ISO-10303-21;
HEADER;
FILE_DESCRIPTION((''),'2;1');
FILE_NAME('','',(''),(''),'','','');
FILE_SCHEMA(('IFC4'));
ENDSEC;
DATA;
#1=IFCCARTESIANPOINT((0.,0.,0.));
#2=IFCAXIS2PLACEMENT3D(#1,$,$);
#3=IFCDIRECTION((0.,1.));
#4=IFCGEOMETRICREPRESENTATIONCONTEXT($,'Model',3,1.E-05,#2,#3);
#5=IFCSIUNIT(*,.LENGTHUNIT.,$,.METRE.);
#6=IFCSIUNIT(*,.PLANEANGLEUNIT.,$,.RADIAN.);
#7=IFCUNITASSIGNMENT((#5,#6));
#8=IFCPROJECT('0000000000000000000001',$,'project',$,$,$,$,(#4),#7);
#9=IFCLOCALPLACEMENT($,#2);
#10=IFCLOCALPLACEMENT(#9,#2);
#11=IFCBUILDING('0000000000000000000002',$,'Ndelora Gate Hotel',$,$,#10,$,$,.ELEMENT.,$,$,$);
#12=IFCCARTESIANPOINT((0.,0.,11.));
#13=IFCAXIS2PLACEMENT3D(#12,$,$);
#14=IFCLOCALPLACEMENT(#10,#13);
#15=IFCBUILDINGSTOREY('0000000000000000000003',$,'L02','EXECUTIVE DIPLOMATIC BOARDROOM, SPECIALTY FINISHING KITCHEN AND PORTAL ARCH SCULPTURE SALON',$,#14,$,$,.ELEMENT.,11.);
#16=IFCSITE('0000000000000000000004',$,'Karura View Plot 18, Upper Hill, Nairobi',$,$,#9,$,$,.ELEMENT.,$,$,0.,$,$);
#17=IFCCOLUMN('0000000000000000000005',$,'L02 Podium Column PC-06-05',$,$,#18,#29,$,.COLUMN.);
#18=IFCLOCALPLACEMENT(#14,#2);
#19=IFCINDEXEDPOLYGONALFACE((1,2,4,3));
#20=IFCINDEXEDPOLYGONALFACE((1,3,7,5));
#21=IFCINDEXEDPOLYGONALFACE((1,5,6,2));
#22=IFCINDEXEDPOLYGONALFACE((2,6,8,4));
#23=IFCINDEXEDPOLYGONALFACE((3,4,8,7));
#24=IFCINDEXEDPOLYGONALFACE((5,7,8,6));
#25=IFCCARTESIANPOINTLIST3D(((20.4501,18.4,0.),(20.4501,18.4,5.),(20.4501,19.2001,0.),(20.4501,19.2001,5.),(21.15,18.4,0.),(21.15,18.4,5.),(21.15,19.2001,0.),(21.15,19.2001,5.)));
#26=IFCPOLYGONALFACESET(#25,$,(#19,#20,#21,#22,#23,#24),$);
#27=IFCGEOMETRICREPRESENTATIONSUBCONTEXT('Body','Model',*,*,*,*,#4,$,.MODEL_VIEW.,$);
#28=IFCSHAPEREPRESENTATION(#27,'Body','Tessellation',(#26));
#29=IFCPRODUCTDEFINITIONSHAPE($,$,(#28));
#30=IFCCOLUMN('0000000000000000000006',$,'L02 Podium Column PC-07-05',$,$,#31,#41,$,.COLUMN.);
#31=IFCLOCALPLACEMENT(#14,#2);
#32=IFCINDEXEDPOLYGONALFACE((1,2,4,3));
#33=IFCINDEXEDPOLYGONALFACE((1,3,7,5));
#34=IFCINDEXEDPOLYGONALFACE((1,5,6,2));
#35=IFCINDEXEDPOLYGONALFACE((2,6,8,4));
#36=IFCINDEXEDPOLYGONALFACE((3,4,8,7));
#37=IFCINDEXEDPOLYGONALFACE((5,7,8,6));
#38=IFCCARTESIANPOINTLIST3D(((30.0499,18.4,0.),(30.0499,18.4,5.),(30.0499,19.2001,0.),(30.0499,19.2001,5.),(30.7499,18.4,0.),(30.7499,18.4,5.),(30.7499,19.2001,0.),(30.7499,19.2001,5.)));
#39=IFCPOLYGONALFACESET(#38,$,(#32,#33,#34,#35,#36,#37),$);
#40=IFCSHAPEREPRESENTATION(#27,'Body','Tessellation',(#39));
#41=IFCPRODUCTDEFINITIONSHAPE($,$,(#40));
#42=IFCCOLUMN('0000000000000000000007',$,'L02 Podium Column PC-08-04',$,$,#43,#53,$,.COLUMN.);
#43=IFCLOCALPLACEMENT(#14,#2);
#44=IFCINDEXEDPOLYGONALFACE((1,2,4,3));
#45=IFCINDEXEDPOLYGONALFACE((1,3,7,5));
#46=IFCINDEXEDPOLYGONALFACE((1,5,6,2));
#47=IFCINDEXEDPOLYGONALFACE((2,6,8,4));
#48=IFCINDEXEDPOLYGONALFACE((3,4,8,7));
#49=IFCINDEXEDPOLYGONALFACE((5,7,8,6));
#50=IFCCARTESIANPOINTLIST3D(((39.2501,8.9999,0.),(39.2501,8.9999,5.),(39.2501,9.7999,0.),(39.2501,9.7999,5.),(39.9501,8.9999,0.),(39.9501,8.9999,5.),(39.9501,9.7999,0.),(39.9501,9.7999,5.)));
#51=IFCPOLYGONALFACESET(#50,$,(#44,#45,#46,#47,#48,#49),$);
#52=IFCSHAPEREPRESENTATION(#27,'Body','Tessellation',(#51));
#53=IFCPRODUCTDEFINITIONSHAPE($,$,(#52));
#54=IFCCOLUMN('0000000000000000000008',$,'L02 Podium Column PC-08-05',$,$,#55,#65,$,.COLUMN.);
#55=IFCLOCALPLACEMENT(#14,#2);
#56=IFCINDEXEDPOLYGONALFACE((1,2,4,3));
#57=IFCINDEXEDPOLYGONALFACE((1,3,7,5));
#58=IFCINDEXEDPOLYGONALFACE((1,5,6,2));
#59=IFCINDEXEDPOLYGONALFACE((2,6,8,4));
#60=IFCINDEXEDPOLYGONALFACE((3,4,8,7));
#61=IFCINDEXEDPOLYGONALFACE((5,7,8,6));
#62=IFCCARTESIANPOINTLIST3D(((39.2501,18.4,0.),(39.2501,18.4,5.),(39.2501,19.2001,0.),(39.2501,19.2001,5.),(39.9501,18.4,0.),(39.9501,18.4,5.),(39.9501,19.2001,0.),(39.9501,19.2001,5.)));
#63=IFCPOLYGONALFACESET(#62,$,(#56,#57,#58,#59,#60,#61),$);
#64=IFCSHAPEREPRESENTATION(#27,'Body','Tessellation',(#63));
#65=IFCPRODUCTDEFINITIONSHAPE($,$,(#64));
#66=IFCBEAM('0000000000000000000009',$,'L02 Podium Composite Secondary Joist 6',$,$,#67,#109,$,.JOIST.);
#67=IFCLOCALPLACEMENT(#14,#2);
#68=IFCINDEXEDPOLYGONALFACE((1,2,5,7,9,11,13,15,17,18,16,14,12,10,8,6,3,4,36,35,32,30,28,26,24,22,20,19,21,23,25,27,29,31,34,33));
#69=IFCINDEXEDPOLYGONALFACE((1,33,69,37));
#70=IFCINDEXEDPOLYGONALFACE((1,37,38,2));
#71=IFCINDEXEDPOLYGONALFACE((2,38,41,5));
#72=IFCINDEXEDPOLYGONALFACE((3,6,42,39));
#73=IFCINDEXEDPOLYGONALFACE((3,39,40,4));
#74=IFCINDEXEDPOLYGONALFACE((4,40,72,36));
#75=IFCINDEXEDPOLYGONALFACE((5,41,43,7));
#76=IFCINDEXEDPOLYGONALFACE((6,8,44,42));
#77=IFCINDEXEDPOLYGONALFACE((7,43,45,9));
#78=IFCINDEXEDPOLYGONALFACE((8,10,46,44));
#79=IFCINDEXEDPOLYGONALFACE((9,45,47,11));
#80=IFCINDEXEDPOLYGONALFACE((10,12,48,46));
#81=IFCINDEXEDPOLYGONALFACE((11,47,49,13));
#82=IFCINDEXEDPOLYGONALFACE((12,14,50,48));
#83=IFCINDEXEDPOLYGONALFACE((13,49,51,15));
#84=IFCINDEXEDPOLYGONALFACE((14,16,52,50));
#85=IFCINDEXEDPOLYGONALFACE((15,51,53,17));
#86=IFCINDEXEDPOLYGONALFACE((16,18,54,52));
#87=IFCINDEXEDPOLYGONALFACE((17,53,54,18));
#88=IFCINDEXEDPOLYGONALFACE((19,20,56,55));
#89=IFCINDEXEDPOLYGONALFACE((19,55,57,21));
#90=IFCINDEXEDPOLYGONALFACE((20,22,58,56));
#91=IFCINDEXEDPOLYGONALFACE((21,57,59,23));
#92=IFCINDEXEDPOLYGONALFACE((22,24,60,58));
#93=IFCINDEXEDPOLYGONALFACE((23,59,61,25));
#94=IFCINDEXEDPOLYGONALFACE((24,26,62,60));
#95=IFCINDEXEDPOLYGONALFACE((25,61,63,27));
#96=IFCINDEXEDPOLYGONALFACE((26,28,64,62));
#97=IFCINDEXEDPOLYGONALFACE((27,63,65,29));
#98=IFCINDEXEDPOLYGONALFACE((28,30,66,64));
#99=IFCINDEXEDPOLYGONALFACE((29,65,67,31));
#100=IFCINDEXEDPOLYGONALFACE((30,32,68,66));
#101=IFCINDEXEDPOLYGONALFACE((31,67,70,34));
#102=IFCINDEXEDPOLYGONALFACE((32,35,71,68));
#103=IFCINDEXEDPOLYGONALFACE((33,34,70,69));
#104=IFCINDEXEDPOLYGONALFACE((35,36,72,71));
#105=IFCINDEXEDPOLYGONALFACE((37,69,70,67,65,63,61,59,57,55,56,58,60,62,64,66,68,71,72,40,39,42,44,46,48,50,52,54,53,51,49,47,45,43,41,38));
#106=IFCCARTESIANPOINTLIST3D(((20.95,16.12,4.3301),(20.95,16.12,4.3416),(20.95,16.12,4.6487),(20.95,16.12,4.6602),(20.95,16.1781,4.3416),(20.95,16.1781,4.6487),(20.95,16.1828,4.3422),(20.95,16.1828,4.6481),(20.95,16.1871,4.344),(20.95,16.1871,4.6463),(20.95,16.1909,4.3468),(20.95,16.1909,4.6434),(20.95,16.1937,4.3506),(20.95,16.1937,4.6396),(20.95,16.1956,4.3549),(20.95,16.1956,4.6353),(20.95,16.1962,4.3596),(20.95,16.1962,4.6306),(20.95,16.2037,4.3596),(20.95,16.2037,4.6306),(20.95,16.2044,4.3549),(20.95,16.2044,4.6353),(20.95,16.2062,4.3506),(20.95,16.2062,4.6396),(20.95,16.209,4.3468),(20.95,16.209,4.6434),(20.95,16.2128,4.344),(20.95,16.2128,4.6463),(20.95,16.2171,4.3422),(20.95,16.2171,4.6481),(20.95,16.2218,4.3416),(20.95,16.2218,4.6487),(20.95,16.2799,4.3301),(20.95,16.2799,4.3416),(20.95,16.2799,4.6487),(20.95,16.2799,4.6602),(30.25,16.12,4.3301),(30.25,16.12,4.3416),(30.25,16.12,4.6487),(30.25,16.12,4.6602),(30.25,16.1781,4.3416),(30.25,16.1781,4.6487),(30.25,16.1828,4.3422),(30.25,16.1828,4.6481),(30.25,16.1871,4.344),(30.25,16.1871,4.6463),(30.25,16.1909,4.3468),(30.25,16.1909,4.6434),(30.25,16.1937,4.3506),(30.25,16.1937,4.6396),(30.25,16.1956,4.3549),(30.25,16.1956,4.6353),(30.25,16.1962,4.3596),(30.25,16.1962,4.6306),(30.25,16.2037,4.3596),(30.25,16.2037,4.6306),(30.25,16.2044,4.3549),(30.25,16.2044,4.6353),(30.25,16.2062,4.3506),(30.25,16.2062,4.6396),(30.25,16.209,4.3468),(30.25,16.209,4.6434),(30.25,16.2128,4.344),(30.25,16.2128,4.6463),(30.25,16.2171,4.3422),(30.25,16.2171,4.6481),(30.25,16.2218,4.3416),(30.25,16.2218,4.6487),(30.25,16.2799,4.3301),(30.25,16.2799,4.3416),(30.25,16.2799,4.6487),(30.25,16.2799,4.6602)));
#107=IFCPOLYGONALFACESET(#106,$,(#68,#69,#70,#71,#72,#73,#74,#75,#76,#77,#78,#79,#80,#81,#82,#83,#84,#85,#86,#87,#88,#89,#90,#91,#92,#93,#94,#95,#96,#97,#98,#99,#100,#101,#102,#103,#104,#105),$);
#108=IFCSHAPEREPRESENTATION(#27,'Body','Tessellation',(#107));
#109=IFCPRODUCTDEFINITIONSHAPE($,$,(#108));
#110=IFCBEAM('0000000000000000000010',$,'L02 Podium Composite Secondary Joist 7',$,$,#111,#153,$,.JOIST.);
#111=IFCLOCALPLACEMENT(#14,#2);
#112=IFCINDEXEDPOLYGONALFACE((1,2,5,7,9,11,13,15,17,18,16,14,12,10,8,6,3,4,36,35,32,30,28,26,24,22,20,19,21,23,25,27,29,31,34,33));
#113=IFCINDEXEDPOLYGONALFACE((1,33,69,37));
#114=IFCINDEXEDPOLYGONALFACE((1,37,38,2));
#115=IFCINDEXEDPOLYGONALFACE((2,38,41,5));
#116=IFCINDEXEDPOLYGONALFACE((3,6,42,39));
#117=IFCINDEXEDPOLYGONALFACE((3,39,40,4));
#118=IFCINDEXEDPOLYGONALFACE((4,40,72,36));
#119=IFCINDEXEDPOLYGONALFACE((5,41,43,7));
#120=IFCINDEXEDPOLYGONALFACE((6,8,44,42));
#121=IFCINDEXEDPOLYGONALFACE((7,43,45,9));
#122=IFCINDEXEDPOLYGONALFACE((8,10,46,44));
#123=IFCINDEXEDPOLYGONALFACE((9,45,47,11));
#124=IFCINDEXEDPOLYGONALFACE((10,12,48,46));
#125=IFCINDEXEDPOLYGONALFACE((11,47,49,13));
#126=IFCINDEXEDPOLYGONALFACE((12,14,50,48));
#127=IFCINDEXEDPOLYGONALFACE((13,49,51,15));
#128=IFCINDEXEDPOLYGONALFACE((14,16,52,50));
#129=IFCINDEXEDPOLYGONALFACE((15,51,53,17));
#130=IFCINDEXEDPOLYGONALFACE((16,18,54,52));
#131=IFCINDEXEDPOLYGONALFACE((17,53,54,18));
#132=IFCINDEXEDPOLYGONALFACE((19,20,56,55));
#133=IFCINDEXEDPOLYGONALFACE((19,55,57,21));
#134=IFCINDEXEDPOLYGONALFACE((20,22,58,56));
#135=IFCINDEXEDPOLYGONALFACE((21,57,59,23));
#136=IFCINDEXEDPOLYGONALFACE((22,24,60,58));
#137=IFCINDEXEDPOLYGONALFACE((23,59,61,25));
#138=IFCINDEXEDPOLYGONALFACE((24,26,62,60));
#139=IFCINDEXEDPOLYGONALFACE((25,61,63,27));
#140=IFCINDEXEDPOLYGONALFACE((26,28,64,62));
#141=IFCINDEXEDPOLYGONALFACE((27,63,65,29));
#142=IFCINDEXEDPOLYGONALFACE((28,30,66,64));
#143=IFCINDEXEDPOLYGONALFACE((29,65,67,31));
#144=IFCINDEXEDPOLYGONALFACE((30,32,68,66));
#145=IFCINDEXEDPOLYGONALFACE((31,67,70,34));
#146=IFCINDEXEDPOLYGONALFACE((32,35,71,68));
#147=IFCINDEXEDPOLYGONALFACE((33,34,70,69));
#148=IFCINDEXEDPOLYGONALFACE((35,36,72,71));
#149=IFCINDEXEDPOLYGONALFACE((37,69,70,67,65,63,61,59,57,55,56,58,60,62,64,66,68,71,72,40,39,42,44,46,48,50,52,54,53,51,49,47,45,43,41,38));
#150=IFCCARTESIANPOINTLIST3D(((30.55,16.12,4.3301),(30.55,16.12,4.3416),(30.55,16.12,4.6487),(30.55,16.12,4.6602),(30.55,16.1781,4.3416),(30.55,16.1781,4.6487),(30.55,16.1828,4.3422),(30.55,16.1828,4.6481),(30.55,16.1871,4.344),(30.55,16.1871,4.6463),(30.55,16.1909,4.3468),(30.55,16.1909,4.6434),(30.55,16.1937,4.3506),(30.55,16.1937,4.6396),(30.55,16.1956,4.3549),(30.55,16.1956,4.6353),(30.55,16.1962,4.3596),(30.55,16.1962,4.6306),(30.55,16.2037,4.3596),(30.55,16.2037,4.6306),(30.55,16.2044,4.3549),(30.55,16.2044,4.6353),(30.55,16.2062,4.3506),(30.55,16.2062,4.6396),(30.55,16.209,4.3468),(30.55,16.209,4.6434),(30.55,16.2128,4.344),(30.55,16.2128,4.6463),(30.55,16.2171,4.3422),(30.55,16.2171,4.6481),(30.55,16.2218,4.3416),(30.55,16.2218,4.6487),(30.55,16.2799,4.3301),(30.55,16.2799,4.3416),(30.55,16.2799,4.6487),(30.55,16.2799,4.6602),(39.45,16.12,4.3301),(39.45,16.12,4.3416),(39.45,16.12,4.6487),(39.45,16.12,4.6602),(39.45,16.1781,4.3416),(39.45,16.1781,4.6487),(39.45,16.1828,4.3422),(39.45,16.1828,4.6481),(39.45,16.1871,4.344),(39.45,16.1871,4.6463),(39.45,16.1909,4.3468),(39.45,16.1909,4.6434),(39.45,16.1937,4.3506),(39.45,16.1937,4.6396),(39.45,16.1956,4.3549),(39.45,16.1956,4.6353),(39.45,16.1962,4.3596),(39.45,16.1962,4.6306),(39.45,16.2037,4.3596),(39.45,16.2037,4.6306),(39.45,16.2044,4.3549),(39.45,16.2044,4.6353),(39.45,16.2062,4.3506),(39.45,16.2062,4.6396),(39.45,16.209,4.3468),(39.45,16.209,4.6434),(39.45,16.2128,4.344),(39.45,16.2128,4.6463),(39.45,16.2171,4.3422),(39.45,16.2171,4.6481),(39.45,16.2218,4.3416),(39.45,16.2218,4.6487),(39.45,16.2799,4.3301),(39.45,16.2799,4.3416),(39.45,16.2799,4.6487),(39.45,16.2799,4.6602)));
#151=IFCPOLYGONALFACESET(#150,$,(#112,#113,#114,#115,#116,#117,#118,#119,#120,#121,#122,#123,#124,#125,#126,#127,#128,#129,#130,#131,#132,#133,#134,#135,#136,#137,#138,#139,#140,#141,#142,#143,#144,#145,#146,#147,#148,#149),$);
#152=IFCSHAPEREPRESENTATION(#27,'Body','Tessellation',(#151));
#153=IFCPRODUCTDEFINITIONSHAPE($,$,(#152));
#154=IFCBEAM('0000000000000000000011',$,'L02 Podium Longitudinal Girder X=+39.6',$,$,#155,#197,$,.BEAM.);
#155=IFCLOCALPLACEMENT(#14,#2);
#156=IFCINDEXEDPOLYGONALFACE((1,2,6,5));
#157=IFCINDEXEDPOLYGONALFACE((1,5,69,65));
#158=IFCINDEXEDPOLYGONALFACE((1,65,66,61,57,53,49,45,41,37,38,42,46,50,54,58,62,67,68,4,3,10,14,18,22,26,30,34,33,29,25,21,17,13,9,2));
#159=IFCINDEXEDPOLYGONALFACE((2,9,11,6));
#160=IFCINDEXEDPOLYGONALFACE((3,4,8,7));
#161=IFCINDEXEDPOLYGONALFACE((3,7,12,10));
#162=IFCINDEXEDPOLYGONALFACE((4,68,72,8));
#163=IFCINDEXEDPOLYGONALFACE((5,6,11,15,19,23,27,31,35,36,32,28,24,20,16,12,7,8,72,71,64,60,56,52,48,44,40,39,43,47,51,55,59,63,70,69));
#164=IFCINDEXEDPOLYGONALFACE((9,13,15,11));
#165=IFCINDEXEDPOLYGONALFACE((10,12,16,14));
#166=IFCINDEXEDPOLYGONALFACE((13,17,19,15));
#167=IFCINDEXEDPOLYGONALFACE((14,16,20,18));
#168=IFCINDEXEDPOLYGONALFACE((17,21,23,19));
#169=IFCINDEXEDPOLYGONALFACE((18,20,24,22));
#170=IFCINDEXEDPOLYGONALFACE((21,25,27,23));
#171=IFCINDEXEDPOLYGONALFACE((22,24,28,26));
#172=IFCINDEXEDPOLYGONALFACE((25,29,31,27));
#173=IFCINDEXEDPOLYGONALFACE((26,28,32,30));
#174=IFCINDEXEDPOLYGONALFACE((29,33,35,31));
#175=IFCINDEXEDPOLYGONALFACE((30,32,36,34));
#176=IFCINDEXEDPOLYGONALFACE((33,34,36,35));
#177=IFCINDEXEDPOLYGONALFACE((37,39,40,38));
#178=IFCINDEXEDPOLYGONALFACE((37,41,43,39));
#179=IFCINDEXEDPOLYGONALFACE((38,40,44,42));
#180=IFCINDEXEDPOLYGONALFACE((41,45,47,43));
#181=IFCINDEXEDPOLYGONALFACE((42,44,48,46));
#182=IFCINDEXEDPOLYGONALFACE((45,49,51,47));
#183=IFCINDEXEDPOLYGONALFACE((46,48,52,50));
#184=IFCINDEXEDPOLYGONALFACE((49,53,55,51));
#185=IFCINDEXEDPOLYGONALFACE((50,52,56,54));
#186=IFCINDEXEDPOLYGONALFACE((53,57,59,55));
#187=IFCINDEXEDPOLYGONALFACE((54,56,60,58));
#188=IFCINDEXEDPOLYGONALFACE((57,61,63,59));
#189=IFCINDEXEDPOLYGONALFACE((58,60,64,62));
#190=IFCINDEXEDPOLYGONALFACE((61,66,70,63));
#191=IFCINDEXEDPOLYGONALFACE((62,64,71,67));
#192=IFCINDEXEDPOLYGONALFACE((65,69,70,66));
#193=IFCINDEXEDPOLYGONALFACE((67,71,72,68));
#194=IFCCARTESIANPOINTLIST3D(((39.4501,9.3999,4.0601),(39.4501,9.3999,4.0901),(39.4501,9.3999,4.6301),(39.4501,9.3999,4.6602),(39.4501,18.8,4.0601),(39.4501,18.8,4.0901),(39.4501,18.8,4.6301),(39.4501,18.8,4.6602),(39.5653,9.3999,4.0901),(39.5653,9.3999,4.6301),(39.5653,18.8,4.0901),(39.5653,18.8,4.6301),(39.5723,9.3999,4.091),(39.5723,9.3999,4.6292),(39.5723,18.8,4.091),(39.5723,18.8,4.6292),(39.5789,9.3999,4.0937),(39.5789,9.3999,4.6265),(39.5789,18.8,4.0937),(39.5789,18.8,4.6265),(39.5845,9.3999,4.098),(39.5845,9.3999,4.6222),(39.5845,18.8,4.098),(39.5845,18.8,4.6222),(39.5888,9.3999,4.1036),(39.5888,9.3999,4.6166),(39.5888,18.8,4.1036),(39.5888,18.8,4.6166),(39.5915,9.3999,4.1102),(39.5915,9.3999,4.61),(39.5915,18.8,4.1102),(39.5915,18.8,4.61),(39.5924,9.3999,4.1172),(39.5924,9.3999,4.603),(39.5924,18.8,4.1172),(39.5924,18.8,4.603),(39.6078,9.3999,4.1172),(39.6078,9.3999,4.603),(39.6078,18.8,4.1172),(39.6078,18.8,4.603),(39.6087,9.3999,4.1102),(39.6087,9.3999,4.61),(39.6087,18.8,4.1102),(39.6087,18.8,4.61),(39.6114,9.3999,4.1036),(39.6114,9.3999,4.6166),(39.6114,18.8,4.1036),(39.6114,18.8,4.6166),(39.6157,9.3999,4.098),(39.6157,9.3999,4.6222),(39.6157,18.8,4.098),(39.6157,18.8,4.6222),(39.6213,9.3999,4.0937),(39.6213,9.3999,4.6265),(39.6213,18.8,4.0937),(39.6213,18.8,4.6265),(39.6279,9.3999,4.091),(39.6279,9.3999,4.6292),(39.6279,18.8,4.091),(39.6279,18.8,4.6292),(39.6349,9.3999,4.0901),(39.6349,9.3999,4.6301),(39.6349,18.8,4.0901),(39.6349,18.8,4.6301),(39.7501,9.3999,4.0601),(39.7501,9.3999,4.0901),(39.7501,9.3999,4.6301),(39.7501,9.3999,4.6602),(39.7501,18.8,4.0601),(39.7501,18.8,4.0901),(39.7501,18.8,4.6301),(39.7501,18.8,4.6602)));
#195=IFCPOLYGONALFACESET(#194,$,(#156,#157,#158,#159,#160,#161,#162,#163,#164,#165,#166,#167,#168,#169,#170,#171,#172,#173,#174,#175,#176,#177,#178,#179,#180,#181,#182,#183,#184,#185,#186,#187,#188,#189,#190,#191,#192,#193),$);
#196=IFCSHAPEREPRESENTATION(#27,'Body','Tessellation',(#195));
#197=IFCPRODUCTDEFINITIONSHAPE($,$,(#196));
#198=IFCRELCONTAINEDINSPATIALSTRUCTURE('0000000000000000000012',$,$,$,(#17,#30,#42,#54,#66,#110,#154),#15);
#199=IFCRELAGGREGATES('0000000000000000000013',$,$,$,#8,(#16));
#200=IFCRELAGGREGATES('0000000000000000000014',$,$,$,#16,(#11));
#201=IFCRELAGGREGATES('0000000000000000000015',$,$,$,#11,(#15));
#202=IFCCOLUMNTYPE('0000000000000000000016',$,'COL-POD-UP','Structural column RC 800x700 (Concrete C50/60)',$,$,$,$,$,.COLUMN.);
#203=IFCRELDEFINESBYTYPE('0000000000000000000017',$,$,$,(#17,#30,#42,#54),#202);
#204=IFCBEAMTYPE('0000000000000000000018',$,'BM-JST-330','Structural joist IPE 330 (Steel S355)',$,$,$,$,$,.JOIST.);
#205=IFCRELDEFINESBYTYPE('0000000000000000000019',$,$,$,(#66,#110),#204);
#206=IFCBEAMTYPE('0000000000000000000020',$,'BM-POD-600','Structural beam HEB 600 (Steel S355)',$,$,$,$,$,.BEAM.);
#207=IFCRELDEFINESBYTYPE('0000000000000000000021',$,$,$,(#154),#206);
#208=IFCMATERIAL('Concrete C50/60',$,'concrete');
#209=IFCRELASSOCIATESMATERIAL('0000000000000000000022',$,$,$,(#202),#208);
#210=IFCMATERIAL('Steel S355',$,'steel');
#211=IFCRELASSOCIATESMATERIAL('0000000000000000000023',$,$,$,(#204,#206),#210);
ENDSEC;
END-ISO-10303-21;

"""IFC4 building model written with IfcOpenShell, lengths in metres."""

from ifc_helpers import new_model, si_unit, direction, frame, origin, origin_2d, place, context, subcontext, project, spatial, rectangle, i_section, extrude, material, material_profile, profile_set, type_object, element, save


model = new_model("IFC4")

# Units and contexts
model_context = context("Model", 3, precision=1e-05, world=origin(), true_north=direction((0.0, 1.0)))
body_context = subcontext(model_context, "Body", "Model", "MODEL_VIEW")
ifc_project = project(units=[si_unit("LENGTHUNIT", "METRE"), si_unit("PLANEANGLEUNIT", "RADIAN")], contexts=[model_context])

# Site, building, storey
site_placement = place(None, origin())
site = spatial("IfcSite", under=ifc_project, at=site_placement, Name="Karura View Plot 18, Upper Hill, Nairobi", CompositionType="ELEMENT", RefElevation=0.0)
building_placement = place(site_placement, origin())
building = spatial("IfcBuilding", under=site, at=building_placement, Name="Ndelora Gate Hotel", CompositionType="ELEMENT")
storey_placement = place(building_placement, frame((0.0, 0.0, 11.0)))
storey = spatial("IfcBuildingStorey", under=building, at=storey_placement, Name="L02", Description="EXECUTIVE DIPLOMATIC BOARDROOM, SPECIALTY FINISHING KITCHEN AND PORTAL ARCH SCULPTURE SALON", CompositionType="ELEMENT", Elevation=11.0)

# Columns
ifc_material_1 = material(Name="Concrete C50/60", Category="concrete")
ifc_material_profile_1 = material_profile(ifc_material_1, rectangle(XDim=0.7, YDim=0.8, at=origin_2d()), Name="RC 800x700")
ifc_profile_set_1 = profile_set([ifc_material_profile_1], Name="Concrete C50/60")
column_type = type_object("IfcColumnType", Name="COL-POD-UP", Description="Structural column RC 800x700 (Concrete C50/60)", PredefinedType="COLUMN", material=ifc_profile_set_1)
for number, where, z_axis, x_axis, name in (
    (1, (20.8, 18.8, 0.0), (0.0, 0.0, 1.0), (1.0, 0.0, 0.0), "L02 Podium Column PC-06-05"),
    (2, (30.3999, 18.8, 0.0), (0.0, 0.0, 1.0), (1.0, 0.0, 0.0), "L02 Podium Column PC-07-05"),
    (3, (39.6001, 9.3999, 0.0), (0.0, 0.0, 1.0), (1.0, 0.0, 0.0), "L02 Podium Column PC-08-04"),
    (4, (39.6001, 18.8, 0.0), (0.0, 0.0, 1.0), (1.0, 0.0, 0.0), "L02 Podium Column PC-08-05"),
):
    element("IfcColumn", number, at=place(storey_placement, frame(where, z_axis=z_axis, x_axis=x_axis)), inside=storey, type_object=column_type, Name=name, PredefinedType="COLUMN", context=body_context, shape_type="SweptSolid", body=[
        extrude(rectangle(XDim=0.7, YDim=0.8, at=origin_2d()), origin(), (0.0, 0.0, 1.0), 5.0),
    ])

# Beams
ifc_material_2 = material(Name="Steel S355", Category="steel")
ifc_material_profile_2 = material_profile(ifc_material_2, i_section(OverallWidth=0.1599, OverallDepth=0.3301, WebThickness=0.0076, FlangeThickness=0.0115, FilletRadius=0.0181, at=origin_2d()), Name="IPE 330")
ifc_profile_set_2 = profile_set([ifc_material_profile_2], Name="Steel S355")
beam_type_1 = type_object("IfcBeamType", Name="BM-JST-330", Description="Structural joist IPE 330 (Steel S355)", PredefinedType="JOIST", material=ifc_profile_set_2)
beam_1_placement = place(storey_placement, frame((20.95, 16.2, 4.4951), z_axis=(1.0, 0.0, 0.0), x_axis=(0.0, 1.0, 0.0)))
element("IfcBeam", 5, at=beam_1_placement, inside=storey, type_object=beam_type_1, Name="L02 Podium Composite Secondary Joist 6", PredefinedType="JOIST", context=body_context, shape_type="SweptSolid", body=[
    extrude(i_section(OverallWidth=0.1599, OverallDepth=0.3301, WebThickness=0.0076, FlangeThickness=0.0115, FilletRadius=0.0181, at=origin_2d()), origin(), (0.0, 0.0, 1.0), 9.3),
])
beam_2_placement = place(storey_placement, frame((30.55, 16.2, 4.4951), z_axis=(1.0, 0.0, 0.0), x_axis=(0.0, 1.0, 0.0)))
element("IfcBeam", 6, at=beam_2_placement, inside=storey, type_object=beam_type_1, Name="L02 Podium Composite Secondary Joist 7", PredefinedType="JOIST", context=body_context, shape_type="SweptSolid", body=[
    extrude(i_section(OverallWidth=0.1599, OverallDepth=0.3301, WebThickness=0.0076, FlangeThickness=0.0115, FilletRadius=0.0181, at=origin_2d()), origin(), (0.0, 0.0, 1.0), 8.8999),
])
ifc_material_profile_3 = material_profile(ifc_material_2, i_section(OverallWidth=0.3, OverallDepth=0.6001, WebThickness=0.0154, FlangeThickness=0.03, FilletRadius=0.0271, at=origin_2d()), Name="HEB 600")
ifc_profile_set_3 = profile_set([ifc_material_profile_3], Name="Steel S355")
beam_type_2 = type_object("IfcBeamType", Name="BM-POD-600", Description="Structural beam HEB 600 (Steel S355)", PredefinedType="BEAM", material=ifc_profile_set_3)
beam_3_placement = place(storey_placement, frame((39.6001, 9.3999, 4.3601), z_axis=(0.0, 1.0, 0.0), x_axis=(-1.0, 0.0, 0.0)))
element("IfcBeam", 7, at=beam_3_placement, inside=storey, type_object=beam_type_2, Name="L02 Podium Longitudinal Girder X=+39.6", PredefinedType="BEAM", context=body_context, shape_type="SweptSolid", body=[
    extrude(i_section(OverallWidth=0.3, OverallDepth=0.6001, WebThickness=0.0154, FlangeThickness=0.03, FilletRadius=0.0271, at=origin_2d()), origin(), (0.0, 0.0, 1.0), 9.4001),
])

save(model, "model.ifc")
